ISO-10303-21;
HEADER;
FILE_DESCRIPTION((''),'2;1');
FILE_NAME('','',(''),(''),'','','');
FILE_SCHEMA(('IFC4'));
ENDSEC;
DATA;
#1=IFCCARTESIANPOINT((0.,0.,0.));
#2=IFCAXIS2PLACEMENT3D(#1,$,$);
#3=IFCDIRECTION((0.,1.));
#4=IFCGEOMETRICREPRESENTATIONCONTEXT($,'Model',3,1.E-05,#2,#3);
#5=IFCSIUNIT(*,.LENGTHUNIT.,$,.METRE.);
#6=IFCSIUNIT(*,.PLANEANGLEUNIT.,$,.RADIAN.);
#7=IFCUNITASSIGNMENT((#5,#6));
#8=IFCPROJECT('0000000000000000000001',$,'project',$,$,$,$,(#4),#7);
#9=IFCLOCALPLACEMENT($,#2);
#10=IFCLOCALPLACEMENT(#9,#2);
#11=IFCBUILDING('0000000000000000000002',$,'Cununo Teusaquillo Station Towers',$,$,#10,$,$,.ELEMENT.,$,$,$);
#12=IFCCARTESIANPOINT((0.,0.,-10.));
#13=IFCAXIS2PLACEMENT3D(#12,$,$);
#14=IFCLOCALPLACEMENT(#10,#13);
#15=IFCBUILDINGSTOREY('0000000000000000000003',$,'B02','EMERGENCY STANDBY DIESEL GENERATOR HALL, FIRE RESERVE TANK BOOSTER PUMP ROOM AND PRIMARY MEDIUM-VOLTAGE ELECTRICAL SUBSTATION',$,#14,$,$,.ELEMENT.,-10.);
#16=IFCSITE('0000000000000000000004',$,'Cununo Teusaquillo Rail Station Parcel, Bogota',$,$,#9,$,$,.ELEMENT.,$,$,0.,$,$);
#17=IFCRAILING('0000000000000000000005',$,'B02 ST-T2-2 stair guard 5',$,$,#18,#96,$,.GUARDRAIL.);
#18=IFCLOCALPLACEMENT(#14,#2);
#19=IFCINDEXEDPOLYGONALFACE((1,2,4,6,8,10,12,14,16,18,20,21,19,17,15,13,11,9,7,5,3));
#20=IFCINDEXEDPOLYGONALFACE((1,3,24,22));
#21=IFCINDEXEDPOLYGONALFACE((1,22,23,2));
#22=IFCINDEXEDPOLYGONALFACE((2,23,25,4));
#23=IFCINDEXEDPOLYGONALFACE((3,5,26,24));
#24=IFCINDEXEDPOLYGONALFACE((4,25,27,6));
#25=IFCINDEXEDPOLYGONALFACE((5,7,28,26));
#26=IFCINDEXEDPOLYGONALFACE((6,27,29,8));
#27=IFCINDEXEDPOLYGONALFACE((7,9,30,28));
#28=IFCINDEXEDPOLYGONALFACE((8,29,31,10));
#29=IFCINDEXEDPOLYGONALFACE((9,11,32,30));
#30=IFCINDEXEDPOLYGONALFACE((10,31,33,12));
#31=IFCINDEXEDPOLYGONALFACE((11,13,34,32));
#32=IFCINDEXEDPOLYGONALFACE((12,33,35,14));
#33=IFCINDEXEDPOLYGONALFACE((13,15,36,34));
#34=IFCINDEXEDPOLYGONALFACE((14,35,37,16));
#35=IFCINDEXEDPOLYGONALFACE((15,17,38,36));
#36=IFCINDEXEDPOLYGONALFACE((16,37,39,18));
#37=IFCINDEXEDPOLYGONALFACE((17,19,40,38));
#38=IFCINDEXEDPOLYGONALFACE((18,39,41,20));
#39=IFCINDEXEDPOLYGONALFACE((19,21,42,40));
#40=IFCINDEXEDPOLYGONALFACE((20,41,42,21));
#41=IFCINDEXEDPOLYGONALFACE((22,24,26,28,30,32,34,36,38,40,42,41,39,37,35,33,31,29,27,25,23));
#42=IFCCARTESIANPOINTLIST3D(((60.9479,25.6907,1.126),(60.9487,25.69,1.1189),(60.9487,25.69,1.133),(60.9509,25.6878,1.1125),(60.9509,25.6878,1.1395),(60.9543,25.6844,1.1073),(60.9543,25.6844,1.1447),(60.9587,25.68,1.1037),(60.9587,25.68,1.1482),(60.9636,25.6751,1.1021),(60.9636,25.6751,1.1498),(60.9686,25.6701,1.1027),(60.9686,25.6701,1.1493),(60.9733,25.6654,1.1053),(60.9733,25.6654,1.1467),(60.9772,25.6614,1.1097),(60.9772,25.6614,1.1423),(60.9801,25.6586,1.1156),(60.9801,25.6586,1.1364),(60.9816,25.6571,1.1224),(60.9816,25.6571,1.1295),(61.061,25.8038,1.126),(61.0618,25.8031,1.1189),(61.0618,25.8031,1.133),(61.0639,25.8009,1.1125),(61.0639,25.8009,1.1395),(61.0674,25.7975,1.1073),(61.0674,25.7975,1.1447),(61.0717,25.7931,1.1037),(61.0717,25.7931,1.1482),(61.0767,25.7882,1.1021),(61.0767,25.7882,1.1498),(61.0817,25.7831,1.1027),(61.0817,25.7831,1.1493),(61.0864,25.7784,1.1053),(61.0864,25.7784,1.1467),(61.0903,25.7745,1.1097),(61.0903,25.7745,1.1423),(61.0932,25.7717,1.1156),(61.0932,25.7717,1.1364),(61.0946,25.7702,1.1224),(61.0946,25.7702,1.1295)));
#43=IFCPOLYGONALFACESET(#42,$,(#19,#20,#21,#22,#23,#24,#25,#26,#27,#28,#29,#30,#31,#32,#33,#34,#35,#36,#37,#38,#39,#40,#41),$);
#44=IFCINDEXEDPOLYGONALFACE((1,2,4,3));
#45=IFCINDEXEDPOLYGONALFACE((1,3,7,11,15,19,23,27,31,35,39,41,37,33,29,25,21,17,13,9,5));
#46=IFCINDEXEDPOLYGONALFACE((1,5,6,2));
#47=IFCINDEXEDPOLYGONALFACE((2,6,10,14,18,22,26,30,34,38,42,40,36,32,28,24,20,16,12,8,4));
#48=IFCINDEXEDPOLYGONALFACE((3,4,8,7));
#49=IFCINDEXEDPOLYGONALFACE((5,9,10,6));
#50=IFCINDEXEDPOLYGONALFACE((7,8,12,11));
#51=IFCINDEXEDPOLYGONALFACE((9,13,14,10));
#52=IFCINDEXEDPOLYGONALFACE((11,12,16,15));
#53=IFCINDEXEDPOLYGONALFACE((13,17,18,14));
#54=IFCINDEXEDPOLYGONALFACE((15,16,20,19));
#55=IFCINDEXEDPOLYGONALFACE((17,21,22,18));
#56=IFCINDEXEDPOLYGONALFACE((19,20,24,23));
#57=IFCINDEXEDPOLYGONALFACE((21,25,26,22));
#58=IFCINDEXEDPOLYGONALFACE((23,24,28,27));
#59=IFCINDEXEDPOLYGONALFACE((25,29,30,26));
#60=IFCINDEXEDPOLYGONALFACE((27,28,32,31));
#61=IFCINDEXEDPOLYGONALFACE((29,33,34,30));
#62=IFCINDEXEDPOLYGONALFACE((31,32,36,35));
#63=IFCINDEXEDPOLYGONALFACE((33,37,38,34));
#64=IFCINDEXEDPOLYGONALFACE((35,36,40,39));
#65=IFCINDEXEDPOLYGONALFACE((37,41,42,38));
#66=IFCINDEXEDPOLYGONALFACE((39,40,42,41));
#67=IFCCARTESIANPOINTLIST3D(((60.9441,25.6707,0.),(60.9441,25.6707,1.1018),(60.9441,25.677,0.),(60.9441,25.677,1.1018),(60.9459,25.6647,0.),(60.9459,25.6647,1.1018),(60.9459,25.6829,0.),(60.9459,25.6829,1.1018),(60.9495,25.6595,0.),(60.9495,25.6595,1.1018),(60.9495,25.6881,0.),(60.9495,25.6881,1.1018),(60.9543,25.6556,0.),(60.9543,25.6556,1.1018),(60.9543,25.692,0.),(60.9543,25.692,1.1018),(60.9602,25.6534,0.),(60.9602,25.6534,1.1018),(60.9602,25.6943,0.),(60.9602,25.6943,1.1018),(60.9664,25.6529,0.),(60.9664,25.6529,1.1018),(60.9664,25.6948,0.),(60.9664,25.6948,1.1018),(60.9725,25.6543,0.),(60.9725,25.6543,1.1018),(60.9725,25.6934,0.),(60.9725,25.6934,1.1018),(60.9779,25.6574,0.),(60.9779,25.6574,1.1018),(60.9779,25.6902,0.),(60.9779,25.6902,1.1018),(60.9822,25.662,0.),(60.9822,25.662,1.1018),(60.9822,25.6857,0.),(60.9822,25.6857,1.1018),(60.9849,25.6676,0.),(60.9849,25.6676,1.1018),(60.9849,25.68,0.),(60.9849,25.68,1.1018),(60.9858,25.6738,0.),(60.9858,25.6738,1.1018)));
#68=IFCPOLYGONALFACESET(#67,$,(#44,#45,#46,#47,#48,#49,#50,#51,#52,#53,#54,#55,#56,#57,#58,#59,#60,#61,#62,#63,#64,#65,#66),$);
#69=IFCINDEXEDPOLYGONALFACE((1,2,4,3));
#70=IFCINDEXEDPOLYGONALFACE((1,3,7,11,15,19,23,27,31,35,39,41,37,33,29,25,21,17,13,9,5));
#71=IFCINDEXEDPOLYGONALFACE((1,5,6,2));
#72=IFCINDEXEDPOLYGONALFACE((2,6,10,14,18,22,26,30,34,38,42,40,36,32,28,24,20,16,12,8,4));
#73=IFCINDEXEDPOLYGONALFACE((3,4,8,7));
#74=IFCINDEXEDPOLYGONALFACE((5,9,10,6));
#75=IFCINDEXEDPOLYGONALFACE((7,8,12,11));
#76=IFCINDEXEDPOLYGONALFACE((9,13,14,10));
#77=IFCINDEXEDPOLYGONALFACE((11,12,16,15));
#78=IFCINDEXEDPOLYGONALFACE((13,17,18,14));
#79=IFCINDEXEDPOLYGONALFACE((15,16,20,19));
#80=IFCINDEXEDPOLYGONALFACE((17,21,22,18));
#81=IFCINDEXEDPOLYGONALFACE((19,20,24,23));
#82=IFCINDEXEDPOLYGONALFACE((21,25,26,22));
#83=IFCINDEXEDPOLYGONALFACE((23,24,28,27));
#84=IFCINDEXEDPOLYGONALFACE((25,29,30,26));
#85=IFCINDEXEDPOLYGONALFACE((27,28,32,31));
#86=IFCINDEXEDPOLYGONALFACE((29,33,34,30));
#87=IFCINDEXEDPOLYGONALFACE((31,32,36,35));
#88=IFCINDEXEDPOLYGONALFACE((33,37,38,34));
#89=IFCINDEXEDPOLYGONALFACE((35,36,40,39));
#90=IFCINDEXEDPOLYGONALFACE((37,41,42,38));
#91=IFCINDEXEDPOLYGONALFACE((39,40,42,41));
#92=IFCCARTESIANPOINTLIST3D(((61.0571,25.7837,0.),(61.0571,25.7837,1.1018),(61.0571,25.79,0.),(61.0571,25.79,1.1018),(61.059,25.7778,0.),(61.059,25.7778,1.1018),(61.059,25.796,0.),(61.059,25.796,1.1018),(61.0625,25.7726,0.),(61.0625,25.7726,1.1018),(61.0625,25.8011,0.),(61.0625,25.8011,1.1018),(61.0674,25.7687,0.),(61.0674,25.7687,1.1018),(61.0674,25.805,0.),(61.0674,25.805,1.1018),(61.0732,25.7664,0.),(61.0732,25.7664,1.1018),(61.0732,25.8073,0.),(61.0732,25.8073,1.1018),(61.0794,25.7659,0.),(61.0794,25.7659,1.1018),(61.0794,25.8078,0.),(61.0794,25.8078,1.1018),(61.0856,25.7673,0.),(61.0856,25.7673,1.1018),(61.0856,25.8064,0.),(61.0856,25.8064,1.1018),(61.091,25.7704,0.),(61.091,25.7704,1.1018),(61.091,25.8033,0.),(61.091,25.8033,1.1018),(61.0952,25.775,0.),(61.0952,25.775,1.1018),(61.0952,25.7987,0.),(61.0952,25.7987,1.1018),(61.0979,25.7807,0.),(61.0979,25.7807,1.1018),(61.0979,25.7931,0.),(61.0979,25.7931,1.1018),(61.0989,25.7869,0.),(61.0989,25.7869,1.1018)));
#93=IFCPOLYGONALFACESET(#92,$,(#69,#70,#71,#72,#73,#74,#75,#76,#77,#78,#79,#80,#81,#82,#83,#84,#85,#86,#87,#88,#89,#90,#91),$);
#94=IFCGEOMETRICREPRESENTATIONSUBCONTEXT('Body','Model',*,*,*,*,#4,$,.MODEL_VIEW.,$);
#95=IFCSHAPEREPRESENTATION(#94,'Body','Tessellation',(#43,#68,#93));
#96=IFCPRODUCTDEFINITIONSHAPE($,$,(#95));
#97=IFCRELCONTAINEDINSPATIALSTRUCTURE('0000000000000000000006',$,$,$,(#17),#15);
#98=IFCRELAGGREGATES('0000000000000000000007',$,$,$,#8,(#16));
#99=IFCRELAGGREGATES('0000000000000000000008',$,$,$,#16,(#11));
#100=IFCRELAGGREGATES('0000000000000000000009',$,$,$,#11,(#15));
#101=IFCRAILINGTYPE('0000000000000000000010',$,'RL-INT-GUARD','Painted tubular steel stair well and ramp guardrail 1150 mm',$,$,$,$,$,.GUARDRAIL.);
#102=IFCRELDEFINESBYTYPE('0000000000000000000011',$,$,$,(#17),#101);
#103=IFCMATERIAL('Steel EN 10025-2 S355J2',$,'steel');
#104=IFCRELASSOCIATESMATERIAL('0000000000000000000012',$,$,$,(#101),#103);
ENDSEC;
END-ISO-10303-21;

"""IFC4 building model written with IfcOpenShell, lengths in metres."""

from ifc_helpers import new_model, si_unit, direction, frame, origin, origin_2d, place, context, subcontext, project, spatial, circle, extrude, material, type_object, element, save


model = new_model("IFC4")

# Units and contexts
model_context = context("Model", 3, precision=1e-05, world=origin(), true_north=direction((0.0, 1.0)))
body_context = subcontext(model_context, "Body", "Model", "MODEL_VIEW")
ifc_project = project(units=[si_unit("LENGTHUNIT", "METRE"), si_unit("PLANEANGLEUNIT", "RADIAN")], contexts=[model_context])

# Site, building, storey
site_placement = place(None, origin())
site = spatial("IfcSite", under=ifc_project, at=site_placement, Name="Cununo Teusaquillo Rail Station Parcel, Bogota", CompositionType="ELEMENT", RefElevation=0.0)
building_placement = place(site_placement, origin())
building = spatial("IfcBuilding", under=site, at=building_placement, Name="Cununo Teusaquillo Station Towers", CompositionType="ELEMENT")
storey_placement = place(building_placement, frame((0.0, 0.0, -10.0)))
storey = spatial("IfcBuildingStorey", under=building, at=storey_placement, Name="B02", Description="EMERGENCY STANDBY DIESEL GENERATOR HALL, FIRE RESERVE TANK BOOSTER PUMP ROOM AND PRIMARY MEDIUM-VOLTAGE ELECTRICAL SUBSTATION", CompositionType="ELEMENT", Elevation=-10.0)

# Railing
ifc_material_1 = material(Name="Steel EN 10025-2 S355J2", Category="steel")
railing_type_1 = type_object("IfcRailingType", Name="RL-INT-GUARD", Description="Painted tubular steel stair well and ramp guardrail 1150 mm", PredefinedType="GUARDRAIL", material=ifc_material_1)
railing_1_placement = place(storey_placement, frame((60.9648, 25.6738, 0.0)))
element("IfcRailing", 1, at=railing_1_placement, inside=storey, type_object=railing_type_1, Name="B02 ST-T2-2 stair guard 5", PredefinedType="GUARDRAIL", context=body_context, shape_type="SweptSolid", body=[
    extrude(circle(Radius=0.0239, at=origin_2d()), frame((0.0, 0.0, 1.126), z_axis=(0.707107, 0.707107, 0.0), x_axis=(-0.707107, 0.707107, 0.0)), (0.0, 0.0, 1.0), 0.1599),
    extrude(circle(Radius=0.021, at=origin_2d()), origin(), (0.0, 0.0, 1.0), 1.1018),
    extrude(circle(Radius=0.021, at=origin_2d()), frame((0.113, 0.113, 0.0)), (0.0, 0.0, 1.0), 1.1018),
])

save(model, "model.ifc")
